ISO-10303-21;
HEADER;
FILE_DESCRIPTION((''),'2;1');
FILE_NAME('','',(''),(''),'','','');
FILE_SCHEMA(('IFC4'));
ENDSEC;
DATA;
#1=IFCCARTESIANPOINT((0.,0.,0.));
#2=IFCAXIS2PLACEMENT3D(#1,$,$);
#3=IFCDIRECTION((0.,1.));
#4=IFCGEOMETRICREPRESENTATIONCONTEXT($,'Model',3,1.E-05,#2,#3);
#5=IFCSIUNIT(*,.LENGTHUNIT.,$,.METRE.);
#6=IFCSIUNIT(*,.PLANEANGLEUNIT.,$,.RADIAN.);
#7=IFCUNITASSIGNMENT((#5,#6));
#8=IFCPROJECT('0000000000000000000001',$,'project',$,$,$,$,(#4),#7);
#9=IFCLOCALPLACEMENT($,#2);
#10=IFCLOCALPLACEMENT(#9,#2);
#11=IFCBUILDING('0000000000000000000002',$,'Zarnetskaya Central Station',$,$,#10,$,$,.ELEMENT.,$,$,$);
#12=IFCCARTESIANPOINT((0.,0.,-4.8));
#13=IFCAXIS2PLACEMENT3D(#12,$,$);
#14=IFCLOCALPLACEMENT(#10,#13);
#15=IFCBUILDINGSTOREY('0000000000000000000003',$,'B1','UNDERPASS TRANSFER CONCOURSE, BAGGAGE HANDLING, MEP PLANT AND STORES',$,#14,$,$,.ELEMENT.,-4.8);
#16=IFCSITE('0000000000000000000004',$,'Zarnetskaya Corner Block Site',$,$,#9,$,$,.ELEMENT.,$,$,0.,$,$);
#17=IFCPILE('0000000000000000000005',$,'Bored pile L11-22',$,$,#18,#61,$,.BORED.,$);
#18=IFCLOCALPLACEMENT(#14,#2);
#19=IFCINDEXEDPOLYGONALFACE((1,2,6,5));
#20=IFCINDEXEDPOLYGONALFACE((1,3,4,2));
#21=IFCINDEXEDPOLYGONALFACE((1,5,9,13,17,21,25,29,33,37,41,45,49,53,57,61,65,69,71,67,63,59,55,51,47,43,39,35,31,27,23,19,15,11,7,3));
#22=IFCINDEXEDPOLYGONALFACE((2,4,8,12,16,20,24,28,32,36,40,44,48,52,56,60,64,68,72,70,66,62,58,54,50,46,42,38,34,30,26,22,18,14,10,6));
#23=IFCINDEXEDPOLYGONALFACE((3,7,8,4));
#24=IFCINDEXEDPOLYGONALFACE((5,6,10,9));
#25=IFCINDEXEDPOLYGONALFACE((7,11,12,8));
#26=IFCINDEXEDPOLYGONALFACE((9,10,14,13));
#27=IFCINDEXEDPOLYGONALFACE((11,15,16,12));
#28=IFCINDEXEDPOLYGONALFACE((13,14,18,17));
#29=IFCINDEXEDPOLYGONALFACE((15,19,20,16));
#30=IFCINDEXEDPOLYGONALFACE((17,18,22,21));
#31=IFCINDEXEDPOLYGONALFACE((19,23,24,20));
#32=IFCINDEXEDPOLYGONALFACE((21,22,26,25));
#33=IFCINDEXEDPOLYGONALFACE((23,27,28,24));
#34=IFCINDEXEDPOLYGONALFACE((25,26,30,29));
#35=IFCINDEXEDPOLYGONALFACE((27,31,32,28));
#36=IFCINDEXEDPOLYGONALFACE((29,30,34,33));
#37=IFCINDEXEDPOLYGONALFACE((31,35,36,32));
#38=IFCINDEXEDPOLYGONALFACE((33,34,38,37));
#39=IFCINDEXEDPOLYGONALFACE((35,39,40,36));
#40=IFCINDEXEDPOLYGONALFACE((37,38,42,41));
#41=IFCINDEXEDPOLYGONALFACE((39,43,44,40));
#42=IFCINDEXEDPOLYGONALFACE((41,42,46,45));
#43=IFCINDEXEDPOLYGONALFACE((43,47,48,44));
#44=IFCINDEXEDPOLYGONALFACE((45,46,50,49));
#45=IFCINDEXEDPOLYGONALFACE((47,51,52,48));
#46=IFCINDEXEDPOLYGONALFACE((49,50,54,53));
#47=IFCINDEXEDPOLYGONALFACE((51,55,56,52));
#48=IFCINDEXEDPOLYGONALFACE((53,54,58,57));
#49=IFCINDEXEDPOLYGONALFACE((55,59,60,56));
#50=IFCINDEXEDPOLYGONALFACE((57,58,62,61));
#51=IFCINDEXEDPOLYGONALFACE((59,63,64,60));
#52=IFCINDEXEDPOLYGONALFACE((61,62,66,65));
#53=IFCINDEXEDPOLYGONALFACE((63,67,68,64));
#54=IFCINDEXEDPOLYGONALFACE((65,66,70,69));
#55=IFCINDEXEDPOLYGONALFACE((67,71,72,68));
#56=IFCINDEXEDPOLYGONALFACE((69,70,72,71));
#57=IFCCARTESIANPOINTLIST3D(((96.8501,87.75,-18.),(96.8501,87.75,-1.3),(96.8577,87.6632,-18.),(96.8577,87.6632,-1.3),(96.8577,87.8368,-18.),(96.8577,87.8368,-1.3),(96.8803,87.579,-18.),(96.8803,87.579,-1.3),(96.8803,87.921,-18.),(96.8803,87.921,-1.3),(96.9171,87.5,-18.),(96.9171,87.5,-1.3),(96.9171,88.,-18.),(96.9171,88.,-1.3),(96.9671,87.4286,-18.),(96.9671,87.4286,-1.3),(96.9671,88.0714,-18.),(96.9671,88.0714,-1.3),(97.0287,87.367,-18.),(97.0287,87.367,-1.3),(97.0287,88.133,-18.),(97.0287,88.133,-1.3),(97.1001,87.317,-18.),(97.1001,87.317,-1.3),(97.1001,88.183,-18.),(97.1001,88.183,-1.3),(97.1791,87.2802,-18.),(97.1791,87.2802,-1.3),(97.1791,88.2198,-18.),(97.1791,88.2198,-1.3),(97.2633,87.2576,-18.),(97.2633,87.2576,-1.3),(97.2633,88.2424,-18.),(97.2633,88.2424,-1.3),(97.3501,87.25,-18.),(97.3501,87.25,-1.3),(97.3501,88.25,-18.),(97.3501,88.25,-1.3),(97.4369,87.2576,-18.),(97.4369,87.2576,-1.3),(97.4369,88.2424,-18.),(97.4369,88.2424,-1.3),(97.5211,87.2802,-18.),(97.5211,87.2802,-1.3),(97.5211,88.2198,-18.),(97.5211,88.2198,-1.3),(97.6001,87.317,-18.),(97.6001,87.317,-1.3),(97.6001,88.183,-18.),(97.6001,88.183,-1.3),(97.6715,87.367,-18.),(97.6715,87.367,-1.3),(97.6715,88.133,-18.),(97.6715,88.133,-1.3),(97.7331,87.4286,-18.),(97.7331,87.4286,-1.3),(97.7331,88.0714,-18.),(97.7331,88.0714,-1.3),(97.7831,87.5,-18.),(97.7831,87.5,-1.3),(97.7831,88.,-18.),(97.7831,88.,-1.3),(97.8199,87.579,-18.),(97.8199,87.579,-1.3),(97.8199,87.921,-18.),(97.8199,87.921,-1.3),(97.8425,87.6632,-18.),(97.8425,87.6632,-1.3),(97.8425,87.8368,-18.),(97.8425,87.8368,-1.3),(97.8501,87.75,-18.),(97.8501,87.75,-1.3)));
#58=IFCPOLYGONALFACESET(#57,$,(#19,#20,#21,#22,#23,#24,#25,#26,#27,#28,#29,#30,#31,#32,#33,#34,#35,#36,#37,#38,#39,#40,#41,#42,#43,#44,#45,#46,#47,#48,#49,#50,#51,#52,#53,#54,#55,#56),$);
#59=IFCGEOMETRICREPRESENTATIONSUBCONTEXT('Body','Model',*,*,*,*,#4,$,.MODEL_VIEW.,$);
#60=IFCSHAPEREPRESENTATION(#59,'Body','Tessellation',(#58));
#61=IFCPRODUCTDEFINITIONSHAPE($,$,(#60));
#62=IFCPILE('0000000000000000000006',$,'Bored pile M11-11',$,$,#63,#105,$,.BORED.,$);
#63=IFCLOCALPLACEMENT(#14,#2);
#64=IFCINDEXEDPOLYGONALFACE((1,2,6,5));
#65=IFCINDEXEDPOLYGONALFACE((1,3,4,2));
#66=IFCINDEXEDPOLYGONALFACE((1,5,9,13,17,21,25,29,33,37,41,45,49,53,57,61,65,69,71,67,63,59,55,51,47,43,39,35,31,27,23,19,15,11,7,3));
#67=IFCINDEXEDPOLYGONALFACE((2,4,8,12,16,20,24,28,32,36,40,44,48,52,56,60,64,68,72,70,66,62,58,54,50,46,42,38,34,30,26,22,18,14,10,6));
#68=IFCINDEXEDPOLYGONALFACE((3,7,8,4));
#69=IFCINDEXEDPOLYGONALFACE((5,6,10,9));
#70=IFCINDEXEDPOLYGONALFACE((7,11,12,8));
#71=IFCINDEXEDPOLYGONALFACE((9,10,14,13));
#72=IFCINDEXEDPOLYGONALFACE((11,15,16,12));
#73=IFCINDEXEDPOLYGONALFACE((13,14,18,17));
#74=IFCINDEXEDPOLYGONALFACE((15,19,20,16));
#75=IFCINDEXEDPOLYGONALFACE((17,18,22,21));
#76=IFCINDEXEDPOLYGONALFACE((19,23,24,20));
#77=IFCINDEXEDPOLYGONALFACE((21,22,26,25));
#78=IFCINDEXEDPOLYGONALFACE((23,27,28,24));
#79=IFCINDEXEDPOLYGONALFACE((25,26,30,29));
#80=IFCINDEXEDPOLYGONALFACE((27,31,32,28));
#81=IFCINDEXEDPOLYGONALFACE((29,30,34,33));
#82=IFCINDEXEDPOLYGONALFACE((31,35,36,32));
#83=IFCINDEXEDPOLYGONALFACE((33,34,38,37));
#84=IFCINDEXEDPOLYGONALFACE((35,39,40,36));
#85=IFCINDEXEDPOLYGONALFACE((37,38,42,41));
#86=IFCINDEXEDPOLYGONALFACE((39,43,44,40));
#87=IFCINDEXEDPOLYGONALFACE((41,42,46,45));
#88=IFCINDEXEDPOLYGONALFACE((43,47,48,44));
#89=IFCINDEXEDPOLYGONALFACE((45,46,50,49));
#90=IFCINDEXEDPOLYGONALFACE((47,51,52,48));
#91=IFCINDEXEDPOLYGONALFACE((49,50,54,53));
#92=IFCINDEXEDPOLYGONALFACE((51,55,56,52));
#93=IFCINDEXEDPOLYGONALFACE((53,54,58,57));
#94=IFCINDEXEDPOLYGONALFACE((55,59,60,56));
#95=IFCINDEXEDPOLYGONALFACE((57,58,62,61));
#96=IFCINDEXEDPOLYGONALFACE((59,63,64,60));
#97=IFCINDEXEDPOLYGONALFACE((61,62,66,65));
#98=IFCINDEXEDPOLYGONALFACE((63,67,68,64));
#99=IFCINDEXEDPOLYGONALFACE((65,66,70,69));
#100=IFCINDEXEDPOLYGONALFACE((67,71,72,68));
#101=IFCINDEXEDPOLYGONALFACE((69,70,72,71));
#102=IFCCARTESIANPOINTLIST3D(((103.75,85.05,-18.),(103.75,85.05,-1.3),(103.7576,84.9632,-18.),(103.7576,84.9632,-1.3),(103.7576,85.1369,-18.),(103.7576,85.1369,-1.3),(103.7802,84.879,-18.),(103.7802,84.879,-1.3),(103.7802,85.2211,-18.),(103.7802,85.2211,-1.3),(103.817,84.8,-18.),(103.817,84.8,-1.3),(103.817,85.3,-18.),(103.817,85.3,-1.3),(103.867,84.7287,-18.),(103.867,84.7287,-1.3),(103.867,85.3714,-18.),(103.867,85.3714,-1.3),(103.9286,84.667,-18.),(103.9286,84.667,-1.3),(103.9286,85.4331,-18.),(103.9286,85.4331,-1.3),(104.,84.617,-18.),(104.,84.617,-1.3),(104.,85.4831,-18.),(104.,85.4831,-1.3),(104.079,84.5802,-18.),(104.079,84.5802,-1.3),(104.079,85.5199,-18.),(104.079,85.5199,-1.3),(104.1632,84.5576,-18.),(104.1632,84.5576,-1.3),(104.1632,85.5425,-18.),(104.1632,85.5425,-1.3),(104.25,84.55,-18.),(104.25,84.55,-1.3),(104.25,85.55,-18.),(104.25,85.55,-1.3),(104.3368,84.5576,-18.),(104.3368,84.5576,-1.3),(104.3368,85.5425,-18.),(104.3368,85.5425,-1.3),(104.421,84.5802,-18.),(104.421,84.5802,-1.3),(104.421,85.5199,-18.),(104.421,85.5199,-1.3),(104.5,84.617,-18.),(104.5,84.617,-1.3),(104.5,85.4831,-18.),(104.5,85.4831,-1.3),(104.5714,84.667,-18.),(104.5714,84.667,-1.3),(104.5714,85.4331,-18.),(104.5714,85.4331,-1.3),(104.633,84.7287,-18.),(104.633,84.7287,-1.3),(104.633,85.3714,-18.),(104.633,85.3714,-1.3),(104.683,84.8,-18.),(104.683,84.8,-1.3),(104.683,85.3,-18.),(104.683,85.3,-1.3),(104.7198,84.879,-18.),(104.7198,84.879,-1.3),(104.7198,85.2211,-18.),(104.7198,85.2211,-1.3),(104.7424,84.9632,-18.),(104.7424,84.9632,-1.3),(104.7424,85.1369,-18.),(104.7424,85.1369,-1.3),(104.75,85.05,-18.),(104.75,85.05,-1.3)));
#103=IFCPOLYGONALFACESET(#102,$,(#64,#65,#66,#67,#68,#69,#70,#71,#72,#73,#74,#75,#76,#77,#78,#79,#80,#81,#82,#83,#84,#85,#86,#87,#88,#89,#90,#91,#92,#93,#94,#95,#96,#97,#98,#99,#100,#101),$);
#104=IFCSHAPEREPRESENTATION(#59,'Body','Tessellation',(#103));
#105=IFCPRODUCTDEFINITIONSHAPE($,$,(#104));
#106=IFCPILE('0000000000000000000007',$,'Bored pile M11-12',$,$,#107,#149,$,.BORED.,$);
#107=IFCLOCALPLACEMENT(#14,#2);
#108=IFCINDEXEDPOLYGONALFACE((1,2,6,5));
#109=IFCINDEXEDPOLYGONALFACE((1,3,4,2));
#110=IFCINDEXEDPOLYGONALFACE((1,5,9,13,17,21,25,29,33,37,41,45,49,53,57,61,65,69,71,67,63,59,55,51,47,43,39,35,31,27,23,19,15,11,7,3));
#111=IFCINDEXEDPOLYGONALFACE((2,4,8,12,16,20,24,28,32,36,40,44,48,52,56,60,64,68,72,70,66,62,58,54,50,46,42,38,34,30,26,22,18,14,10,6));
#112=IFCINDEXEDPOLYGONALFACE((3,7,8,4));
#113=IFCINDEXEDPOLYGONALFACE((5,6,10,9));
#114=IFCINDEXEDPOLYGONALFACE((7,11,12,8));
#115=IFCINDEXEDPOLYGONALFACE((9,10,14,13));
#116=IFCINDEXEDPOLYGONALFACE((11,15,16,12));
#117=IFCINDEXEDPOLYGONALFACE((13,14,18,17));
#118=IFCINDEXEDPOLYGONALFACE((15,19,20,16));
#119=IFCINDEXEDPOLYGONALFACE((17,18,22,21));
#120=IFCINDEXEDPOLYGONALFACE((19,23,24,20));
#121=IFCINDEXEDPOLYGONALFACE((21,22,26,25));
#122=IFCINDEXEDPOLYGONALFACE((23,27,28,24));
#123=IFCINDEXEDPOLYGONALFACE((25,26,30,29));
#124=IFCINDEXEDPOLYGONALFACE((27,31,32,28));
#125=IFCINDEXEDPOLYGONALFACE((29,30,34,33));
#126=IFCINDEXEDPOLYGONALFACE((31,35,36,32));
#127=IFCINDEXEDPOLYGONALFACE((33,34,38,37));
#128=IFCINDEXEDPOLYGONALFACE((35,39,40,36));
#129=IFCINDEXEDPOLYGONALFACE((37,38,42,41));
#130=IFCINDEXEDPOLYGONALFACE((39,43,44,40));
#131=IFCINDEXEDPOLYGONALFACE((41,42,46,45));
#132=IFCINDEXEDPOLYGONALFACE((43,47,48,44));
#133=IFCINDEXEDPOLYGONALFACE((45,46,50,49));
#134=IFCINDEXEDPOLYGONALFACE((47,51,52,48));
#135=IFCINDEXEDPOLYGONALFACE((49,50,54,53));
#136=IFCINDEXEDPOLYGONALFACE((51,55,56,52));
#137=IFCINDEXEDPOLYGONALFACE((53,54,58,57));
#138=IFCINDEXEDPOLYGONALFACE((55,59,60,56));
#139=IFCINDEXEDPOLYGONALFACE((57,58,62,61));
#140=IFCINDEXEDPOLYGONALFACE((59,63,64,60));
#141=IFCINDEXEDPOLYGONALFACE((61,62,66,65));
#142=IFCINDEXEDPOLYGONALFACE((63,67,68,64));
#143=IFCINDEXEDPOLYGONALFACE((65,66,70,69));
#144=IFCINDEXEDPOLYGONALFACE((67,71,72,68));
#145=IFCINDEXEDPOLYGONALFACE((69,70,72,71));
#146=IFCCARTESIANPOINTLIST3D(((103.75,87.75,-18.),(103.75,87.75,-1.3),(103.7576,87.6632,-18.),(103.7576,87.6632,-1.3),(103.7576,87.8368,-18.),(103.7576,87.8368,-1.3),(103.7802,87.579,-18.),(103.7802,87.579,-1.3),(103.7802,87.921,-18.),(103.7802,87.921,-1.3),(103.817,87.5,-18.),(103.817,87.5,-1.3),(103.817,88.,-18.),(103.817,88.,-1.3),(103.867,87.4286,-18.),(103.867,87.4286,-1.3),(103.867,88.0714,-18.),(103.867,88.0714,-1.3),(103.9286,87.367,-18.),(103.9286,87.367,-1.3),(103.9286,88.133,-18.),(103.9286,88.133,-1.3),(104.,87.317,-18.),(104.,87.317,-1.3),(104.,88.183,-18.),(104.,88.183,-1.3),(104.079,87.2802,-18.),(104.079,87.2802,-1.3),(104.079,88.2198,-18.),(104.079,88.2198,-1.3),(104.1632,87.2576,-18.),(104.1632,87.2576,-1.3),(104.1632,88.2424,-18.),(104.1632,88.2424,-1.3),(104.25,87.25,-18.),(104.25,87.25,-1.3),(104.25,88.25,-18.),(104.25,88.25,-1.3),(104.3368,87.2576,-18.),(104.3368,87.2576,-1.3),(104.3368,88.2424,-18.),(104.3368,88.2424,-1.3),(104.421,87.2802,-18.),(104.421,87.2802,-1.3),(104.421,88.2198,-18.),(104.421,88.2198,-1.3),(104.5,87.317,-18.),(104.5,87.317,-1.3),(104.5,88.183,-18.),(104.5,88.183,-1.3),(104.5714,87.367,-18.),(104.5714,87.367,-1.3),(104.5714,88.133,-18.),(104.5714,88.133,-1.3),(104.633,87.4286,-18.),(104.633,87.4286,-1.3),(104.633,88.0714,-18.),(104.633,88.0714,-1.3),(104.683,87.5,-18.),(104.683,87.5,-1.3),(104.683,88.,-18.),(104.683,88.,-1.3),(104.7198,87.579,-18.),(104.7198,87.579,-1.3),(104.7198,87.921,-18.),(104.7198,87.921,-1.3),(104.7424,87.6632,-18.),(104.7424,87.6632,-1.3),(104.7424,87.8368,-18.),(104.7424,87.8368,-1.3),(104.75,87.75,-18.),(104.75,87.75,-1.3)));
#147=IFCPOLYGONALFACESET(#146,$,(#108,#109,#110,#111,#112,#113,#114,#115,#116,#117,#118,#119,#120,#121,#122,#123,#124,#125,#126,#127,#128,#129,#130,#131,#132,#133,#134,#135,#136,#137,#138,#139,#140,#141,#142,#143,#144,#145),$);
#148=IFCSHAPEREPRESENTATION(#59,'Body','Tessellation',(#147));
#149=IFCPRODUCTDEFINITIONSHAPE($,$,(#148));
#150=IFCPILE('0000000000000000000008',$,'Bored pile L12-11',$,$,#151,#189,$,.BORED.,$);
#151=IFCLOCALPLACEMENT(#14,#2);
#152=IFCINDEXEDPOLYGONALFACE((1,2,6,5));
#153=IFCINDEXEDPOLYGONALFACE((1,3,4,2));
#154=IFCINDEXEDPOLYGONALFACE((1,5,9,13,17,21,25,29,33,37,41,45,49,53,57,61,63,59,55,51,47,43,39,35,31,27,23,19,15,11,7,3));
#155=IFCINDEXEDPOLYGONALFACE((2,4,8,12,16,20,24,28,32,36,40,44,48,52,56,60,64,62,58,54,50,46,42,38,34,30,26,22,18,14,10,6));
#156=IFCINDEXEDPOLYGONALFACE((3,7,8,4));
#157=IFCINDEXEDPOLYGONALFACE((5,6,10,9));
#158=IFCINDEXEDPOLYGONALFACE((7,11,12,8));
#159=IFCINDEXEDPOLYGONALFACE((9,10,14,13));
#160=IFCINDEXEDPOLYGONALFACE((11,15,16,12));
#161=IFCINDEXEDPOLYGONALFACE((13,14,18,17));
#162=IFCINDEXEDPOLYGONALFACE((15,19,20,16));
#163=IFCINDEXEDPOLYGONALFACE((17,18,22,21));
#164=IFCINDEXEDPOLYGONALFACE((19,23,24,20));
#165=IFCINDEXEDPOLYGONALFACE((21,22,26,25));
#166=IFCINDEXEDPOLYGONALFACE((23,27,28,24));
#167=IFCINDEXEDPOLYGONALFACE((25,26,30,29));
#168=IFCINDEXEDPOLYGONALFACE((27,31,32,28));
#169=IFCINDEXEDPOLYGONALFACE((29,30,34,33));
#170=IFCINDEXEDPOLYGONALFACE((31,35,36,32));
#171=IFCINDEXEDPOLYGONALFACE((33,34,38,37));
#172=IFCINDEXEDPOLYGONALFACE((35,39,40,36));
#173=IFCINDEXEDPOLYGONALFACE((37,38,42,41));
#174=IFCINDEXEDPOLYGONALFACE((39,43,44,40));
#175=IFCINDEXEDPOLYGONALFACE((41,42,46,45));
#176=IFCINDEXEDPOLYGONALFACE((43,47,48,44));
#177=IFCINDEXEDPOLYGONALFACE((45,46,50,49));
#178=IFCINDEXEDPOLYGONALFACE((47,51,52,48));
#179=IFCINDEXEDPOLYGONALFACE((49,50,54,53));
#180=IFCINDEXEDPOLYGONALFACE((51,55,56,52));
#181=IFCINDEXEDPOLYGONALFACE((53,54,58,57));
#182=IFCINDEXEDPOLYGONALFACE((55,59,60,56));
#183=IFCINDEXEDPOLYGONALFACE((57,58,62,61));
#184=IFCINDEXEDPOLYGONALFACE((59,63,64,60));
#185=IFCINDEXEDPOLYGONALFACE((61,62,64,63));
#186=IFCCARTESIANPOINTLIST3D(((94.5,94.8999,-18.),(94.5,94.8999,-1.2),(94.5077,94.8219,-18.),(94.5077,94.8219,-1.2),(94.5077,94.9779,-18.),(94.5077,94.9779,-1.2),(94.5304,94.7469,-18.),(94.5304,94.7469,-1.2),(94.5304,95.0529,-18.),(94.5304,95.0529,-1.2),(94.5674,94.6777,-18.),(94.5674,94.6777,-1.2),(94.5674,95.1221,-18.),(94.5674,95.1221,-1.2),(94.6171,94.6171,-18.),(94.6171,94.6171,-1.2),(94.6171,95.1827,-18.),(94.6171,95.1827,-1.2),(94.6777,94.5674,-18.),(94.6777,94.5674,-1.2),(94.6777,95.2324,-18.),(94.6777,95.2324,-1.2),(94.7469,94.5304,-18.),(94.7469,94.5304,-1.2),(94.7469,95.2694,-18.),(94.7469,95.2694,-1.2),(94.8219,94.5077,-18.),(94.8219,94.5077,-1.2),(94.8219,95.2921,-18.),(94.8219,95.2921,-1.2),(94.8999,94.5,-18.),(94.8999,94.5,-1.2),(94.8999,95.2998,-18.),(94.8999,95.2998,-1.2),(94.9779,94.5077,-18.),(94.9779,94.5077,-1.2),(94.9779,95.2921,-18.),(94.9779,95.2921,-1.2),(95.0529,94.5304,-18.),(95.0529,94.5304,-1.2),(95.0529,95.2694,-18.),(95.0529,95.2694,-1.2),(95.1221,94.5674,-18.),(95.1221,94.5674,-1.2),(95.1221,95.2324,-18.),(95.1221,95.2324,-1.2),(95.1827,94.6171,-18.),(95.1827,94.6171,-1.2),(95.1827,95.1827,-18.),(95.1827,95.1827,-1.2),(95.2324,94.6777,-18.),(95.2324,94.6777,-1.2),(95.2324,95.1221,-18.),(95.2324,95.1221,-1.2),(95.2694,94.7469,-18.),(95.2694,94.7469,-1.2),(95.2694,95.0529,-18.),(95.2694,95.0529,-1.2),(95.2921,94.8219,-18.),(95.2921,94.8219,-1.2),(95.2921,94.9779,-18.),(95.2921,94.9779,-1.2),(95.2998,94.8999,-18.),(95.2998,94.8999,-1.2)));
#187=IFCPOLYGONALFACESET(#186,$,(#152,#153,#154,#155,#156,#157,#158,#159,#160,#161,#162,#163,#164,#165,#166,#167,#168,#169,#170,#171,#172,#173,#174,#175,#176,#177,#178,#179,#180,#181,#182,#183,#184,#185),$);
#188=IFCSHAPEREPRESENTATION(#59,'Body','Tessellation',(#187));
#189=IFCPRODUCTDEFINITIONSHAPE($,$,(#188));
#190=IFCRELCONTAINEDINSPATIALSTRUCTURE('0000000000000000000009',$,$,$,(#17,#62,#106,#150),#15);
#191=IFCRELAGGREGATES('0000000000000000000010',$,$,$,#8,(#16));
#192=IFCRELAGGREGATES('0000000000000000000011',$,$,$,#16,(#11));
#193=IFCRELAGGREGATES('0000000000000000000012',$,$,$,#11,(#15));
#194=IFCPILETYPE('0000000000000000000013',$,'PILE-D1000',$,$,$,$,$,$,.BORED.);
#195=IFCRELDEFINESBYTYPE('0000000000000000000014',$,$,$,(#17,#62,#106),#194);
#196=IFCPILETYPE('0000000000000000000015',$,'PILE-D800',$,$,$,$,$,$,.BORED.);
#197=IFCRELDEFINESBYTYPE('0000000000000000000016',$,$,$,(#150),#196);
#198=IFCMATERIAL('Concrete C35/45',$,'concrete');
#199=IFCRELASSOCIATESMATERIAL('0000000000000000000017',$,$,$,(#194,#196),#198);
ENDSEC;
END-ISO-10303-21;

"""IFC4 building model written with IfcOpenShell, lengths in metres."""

from ifc_helpers import new_model, si_unit, direction, frame, origin, origin_2d, place, context, subcontext, project, spatial, circle, extrude, material, material_profile, profile_set, type_object, element, save


model = new_model("IFC4")

# Units and contexts
model_context = context("Model", 3, precision=1e-05, world=origin(), true_north=direction((0.0, 1.0)))
body_context = subcontext(model_context, "Body", "Model", "MODEL_VIEW")
ifc_project = project(units=[si_unit("LENGTHUNIT", "METRE"), si_unit("PLANEANGLEUNIT", "RADIAN")], contexts=[model_context])

# Site, building, storey
site_placement = place(None, origin())
site = spatial("IfcSite", under=ifc_project, at=site_placement, Name="Zarnetskaya Corner Block Site", CompositionType="ELEMENT", RefElevation=0.0)
building_placement = place(site_placement, origin())
building = spatial("IfcBuilding", under=site, at=building_placement, Name="Zarnetskaya Central Station", CompositionType="ELEMENT")
storey_placement = place(building_placement, frame((0.0, 0.0, -4.8)))
storey = spatial("IfcBuildingStorey", under=building, at=storey_placement, Name="B1", Description="UNDERPASS TRANSFER CONCOURSE, BAGGAGE HANDLING, MEP PLANT AND STORES", CompositionType="ELEMENT", Elevation=-4.8)

# Shared definitions
ifc_material = material(Name="Concrete C35/45", Category="concrete")

# Piles
ifc_material_profile_1 = material_profile(ifc_material, circle(Radius=0.5, at=origin_2d()), Name="BORED PILE D1000")
ifc_profile_set_1 = profile_set([ifc_material_profile_1], Name="Concrete C35/45")
pile_type_1 = type_object("IfcPileType", Name="PILE-D1000", PredefinedType="BORED", material=ifc_profile_set_1)
for number, where, z_axis, x_axis, name in (
    (1, (97.3501, 87.75, -1.3), (0.0, 0.0, -1.0), (1.0, 0.0, 0.0), "Bored pile L11-22"),
    (2, (104.25, 85.05, -1.3), (0.0, 0.0, -1.0), (1.0, 0.0, 0.0), "Bored pile M11-11"),
    (3, (104.25, 87.75, -1.3), (0.0, 0.0, -1.0), (1.0, 0.0, 0.0), "Bored pile M11-12"),
):
    element("IfcPile", number, at=place(storey_placement, frame(where, z_axis=z_axis, x_axis=x_axis)), inside=storey, type_object=pile_type_1, Name=name, PredefinedType="BORED", context=body_context, shape_type="SweptSolid", body=[
        extrude(circle(Radius=0.5, at=origin_2d()), origin(), (0.0, 0.0, 1.0), 16.7),
    ])
ifc_material_profile_2 = material_profile(ifc_material, circle(Radius=0.3999, at=origin_2d()), Name="BORED PILE D800")
ifc_profile_set_2 = profile_set([ifc_material_profile_2], Name="Concrete C35/45")
pile_type_2 = type_object("IfcPileType", Name="PILE-D800", PredefinedType="BORED", material=ifc_profile_set_2)
for number, where, z_axis, x_axis, name in (
    (4, (94.8999, 94.8999, -1.2), (0.0, 0.0, -1.0), (1.0, 0.0, 0.0), "Bored pile L12-11"),
):
    element("IfcPile", number, at=place(storey_placement, frame(where, z_axis=z_axis, x_axis=x_axis)), inside=storey, type_object=pile_type_2, Name=name, PredefinedType="BORED", context=body_context, shape_type="SweptSolid", body=[
        extrude(circle(Radius=0.3999, at=origin_2d()), origin(), (0.0, 0.0, 1.0), 16.8),
    ])

save(model, "model.ifc")
